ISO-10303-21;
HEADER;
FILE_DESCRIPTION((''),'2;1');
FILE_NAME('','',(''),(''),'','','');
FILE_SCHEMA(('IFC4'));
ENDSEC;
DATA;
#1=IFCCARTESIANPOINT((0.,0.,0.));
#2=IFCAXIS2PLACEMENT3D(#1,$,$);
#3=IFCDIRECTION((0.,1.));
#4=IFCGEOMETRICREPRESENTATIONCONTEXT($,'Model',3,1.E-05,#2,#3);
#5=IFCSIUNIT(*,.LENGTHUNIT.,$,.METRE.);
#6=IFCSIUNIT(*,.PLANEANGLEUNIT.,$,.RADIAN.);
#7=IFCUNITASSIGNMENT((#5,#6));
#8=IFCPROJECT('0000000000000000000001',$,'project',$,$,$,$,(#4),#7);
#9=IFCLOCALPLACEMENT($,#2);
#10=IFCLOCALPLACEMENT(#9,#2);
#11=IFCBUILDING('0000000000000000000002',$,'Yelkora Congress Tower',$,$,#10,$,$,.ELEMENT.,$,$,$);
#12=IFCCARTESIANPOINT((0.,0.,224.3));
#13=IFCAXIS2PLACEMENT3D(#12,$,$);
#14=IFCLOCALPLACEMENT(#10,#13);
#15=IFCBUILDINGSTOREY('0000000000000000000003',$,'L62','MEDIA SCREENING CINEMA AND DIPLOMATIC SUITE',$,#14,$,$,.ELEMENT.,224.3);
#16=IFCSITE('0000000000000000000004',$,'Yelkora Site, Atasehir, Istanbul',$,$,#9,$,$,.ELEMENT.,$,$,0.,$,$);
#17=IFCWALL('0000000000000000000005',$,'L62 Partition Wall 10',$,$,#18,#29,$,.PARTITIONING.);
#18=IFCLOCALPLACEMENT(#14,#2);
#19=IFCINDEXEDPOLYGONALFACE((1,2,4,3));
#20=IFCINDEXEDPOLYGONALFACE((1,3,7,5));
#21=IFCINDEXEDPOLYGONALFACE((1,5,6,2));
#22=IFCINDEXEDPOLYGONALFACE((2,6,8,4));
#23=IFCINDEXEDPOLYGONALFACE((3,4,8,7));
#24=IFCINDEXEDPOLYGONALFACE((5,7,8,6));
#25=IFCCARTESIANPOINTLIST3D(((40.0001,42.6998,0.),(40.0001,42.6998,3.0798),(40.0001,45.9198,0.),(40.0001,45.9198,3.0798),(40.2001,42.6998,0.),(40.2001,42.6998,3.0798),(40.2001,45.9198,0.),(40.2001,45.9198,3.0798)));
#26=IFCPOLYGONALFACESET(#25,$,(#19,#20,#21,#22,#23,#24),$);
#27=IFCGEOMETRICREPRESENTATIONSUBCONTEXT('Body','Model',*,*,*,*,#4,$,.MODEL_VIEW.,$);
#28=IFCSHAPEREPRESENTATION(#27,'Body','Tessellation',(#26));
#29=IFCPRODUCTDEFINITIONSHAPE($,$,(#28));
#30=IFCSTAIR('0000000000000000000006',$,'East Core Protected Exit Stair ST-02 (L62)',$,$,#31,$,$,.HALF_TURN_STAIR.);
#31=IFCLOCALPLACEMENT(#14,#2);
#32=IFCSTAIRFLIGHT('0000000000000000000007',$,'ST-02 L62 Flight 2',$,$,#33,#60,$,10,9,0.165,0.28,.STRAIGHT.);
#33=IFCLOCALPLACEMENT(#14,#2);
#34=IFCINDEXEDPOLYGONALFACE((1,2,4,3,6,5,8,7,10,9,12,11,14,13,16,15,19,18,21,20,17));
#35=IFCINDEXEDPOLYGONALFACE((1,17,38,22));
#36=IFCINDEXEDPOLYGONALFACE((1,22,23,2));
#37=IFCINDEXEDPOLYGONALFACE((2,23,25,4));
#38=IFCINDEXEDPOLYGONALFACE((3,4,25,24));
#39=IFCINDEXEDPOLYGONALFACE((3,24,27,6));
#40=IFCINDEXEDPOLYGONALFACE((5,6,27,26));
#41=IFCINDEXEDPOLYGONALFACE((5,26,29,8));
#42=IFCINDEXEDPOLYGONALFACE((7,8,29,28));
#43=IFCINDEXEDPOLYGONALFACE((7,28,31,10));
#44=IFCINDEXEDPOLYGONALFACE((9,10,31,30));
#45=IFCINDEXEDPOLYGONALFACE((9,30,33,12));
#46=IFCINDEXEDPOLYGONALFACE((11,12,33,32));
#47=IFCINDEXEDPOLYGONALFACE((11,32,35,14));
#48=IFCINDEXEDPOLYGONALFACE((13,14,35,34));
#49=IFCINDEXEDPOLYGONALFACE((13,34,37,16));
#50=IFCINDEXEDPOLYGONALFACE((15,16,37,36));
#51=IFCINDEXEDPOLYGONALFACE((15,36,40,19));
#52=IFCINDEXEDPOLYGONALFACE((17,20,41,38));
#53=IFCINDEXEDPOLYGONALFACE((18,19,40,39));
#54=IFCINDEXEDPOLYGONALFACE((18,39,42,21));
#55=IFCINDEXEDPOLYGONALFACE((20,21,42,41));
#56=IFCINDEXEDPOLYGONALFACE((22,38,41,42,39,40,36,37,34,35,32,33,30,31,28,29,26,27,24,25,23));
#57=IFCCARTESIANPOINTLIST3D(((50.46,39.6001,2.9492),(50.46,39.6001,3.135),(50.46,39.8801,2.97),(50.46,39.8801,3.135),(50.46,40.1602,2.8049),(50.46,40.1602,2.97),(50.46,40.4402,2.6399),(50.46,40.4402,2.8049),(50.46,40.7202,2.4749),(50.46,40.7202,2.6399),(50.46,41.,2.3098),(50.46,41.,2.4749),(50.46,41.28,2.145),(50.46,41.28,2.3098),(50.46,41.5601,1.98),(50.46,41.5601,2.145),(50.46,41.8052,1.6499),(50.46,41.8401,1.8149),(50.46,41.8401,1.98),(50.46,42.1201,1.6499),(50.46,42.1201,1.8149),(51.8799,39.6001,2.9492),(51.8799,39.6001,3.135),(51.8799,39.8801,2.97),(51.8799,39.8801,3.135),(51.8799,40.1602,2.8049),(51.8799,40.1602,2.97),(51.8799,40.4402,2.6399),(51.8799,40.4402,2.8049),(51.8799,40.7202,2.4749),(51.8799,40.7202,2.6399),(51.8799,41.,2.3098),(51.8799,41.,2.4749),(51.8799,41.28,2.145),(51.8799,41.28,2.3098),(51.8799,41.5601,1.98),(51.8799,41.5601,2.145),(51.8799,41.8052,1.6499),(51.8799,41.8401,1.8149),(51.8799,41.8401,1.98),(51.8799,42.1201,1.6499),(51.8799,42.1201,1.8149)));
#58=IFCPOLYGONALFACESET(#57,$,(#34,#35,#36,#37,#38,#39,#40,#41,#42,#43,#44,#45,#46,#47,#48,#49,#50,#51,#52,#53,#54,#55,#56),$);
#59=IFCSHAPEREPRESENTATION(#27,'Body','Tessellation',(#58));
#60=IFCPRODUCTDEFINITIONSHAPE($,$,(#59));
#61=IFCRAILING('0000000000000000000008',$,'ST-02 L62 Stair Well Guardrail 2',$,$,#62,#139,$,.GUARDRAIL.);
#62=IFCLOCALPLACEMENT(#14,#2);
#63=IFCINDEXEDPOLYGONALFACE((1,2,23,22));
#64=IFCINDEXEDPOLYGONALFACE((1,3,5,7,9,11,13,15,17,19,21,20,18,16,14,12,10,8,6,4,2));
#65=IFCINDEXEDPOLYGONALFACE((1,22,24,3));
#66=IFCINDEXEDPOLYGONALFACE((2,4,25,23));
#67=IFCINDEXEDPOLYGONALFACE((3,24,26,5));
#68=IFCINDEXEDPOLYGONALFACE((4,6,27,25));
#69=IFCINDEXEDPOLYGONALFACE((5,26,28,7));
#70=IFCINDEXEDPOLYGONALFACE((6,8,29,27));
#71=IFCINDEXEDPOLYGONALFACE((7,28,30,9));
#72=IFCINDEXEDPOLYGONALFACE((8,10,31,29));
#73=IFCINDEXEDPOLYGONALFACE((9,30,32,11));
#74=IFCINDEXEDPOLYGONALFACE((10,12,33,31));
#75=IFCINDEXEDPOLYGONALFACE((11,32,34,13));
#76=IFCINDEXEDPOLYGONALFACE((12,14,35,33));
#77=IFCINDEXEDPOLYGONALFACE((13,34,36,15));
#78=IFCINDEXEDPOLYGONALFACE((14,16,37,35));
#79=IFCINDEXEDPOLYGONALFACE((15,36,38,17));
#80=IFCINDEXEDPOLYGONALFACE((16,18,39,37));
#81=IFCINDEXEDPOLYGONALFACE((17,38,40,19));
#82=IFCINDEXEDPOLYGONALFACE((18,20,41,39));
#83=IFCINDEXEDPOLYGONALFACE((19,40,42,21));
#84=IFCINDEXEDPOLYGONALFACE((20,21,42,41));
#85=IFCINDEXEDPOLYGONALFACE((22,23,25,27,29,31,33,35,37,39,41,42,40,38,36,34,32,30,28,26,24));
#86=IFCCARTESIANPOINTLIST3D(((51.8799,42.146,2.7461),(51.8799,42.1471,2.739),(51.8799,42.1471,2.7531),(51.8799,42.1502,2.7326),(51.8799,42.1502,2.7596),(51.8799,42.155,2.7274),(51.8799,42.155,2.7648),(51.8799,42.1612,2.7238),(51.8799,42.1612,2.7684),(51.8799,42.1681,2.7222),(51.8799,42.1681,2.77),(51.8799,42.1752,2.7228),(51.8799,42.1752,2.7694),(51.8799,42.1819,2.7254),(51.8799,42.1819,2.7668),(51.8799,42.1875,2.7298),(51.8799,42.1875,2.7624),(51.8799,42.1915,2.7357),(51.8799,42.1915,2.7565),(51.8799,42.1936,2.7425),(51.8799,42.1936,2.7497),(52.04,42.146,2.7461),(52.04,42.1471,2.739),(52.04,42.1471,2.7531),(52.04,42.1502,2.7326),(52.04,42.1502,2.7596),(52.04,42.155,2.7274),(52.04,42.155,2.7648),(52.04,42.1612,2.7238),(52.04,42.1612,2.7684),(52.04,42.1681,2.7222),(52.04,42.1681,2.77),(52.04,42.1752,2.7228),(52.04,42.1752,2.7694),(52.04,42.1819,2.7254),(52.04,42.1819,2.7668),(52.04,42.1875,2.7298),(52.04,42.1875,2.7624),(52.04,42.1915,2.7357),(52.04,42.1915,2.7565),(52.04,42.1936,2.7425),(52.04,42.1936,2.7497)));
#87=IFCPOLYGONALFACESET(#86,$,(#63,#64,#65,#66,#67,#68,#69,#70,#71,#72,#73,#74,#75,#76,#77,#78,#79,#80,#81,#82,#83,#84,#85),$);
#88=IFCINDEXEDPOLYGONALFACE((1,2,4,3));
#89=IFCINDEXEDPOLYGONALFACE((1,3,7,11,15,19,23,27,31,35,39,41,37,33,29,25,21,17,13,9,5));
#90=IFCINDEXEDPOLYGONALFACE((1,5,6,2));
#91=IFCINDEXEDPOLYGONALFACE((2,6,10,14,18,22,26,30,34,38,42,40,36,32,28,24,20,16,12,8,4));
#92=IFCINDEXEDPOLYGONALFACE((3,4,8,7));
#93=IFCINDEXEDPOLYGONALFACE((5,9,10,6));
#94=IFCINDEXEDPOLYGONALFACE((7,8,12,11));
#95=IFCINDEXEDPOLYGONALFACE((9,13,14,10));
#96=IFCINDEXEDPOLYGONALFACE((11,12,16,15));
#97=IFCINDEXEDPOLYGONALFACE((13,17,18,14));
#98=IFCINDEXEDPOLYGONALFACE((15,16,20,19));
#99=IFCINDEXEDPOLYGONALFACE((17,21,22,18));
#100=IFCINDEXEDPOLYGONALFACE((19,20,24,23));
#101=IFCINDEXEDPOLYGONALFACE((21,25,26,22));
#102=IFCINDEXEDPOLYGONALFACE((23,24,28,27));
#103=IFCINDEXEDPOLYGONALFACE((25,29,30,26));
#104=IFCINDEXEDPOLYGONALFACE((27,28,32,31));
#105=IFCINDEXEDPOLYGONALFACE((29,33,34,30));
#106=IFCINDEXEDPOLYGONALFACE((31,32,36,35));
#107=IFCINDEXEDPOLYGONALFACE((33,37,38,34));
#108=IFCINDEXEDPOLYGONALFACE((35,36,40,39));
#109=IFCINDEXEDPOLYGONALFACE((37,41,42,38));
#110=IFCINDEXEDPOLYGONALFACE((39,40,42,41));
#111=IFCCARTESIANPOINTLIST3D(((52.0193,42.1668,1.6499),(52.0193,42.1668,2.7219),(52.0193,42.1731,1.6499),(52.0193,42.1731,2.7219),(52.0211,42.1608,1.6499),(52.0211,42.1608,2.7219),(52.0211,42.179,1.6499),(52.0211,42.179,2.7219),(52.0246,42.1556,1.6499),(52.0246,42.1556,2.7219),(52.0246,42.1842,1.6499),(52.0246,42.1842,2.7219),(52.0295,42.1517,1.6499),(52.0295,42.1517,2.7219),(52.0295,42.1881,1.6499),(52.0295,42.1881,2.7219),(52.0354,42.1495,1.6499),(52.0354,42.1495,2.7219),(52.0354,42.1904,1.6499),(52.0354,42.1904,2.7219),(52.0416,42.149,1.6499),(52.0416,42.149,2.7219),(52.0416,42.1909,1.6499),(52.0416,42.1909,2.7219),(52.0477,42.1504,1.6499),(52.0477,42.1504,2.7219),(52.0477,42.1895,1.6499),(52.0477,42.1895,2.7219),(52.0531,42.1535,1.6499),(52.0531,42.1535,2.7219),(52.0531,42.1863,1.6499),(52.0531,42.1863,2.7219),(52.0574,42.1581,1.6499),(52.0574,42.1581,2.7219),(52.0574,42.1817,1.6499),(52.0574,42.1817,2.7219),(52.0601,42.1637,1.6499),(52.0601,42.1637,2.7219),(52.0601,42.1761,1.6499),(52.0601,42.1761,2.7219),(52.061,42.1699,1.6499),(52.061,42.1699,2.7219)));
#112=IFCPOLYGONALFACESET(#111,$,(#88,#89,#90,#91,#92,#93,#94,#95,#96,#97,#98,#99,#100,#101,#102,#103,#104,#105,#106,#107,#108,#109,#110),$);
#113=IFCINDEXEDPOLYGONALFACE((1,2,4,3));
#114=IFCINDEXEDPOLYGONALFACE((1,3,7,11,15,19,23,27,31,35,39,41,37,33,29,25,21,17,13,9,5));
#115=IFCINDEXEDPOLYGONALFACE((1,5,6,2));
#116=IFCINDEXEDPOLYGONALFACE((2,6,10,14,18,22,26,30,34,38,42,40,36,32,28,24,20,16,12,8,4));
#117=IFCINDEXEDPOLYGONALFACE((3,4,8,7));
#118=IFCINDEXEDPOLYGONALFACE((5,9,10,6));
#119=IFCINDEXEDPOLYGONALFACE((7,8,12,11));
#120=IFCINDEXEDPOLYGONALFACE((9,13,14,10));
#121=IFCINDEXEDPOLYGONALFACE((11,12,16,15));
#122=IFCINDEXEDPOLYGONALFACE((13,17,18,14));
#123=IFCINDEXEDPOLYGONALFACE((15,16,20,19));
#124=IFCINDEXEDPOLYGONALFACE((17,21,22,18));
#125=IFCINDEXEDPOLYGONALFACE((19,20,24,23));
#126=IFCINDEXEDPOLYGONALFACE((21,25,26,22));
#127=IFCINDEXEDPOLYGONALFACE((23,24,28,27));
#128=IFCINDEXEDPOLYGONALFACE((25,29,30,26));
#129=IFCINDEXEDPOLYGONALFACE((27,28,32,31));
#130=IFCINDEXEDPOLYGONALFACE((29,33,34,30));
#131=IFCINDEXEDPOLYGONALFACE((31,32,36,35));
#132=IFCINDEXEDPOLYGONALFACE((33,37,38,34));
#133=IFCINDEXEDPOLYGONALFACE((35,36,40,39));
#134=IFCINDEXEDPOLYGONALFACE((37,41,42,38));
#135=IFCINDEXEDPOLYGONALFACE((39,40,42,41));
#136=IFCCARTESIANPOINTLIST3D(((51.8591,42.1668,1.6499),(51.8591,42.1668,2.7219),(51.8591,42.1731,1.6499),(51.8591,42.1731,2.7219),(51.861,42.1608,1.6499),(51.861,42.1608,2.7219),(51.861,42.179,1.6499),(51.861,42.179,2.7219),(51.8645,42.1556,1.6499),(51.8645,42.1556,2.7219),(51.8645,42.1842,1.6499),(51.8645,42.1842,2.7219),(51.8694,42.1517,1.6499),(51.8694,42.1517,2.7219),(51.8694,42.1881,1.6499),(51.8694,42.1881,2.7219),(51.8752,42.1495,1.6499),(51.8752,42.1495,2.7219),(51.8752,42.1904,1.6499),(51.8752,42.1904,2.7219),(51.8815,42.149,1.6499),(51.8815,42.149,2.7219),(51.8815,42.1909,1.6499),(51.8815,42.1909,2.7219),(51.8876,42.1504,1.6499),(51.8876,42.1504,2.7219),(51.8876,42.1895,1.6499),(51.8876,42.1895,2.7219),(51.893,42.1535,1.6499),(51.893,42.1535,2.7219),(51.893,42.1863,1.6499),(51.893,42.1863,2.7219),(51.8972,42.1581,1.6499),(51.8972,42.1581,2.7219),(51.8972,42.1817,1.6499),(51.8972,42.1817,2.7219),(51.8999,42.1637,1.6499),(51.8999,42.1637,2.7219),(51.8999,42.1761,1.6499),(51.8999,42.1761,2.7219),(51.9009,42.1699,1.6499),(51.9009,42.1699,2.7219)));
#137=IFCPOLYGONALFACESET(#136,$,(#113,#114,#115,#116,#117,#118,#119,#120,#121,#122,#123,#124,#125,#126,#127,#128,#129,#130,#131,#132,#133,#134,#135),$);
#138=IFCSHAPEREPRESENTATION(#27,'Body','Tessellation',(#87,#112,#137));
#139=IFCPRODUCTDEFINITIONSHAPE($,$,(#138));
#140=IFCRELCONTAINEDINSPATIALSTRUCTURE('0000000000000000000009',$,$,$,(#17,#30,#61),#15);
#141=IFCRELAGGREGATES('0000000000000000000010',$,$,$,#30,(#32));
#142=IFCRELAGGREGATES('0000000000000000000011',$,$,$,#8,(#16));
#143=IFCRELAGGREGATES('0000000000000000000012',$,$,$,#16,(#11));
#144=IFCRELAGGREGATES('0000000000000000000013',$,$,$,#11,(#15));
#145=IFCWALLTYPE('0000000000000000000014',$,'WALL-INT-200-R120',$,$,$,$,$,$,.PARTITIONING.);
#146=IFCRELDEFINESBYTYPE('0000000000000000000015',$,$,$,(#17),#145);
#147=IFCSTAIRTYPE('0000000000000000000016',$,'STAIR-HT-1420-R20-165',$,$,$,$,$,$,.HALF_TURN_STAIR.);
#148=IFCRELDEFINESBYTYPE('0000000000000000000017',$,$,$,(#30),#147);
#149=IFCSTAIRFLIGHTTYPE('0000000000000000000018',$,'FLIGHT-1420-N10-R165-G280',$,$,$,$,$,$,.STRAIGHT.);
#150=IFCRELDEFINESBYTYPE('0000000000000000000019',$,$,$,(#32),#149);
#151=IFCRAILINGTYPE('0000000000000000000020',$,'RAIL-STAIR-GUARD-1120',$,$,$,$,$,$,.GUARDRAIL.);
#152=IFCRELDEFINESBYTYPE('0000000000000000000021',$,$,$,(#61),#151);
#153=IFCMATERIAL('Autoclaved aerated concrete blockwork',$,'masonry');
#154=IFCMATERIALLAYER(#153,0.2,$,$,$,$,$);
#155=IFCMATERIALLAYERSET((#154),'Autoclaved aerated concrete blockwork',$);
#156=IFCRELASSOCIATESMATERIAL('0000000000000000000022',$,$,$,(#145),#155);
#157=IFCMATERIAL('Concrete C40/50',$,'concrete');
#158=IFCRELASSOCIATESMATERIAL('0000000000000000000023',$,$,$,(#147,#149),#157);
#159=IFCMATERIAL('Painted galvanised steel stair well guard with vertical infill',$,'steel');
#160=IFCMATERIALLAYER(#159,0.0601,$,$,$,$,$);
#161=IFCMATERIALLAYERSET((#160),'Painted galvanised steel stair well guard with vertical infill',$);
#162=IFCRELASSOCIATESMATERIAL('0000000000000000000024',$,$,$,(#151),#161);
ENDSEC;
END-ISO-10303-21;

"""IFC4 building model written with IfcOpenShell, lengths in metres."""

from ifc_helpers import new_model, si_unit, direction, frame, frame_2d, origin, origin_2d, place, context, subcontext, project, spatial, polyline, rectangle, circle, outline, extrude, material, layer, layer_set, type_object, element, aggregate, save


model = new_model("IFC4")

# Units and contexts
model_context = context("Model", 3, precision=1e-05, world=origin(), true_north=direction((0.0, 1.0)))
body_context = subcontext(model_context, "Body", "Model", "MODEL_VIEW")
ifc_project = project(units=[si_unit("LENGTHUNIT", "METRE"), si_unit("PLANEANGLEUNIT", "RADIAN")], contexts=[model_context])

# Site, building, storey
site_placement = place(None, origin())
site = spatial("IfcSite", under=ifc_project, at=site_placement, Name="Yelkora Site, Atasehir, Istanbul", CompositionType="ELEMENT", RefElevation=0.0)
building_placement = place(site_placement, origin())
building = spatial("IfcBuilding", under=site, at=building_placement, Name="Yelkora Congress Tower", CompositionType="ELEMENT")
storey_placement = place(building_placement, frame((0.0, 0.0, 224.3)))
storey = spatial("IfcBuildingStorey", under=building, at=storey_placement, Name="L62", Description="MEDIA SCREENING CINEMA AND DIPLOMATIC SUITE", CompositionType="ELEMENT", Elevation=224.3)

# Wall
ifc_material_1 = material(Name="Autoclaved aerated concrete blockwork", Category="masonry")
ifc_layer_1 = layer(ifc_material_1, 0.2)
ifc_layer_set_1 = layer_set([ifc_layer_1], Name="Autoclaved aerated concrete blockwork")
wall_type_1 = type_object("IfcWallType", Name="WALL-INT-200-R120", PredefinedType="PARTITIONING", material=ifc_layer_set_1)
wall_1_placement = place(storey_placement, frame((40.1001, 42.7, 0.0), z_axis=(0.0, 0.0, 1.0), x_axis=(0.0, 1.0, 0.0)))
element("IfcWall", 1, at=wall_1_placement, inside=storey, type_object=wall_type_1, Name="L62 Partition Wall 10", PredefinedType="PARTITIONING", context=body_context, shape_type="SweptSolid", body=[
    extrude(rectangle(XDim=3.22, YDim=0.2, at=frame_2d((1.6099, 0.0))), origin(), (0.0, 0.0, 1.0), 3.0798),
])

# Stair, stair flight
ifc_material_2 = material(Name="Concrete C40/50", Category="concrete")
stair_type = type_object("IfcStairType", Name="STAIR-HT-1420-R20-165", PredefinedType="HALF_TURN_STAIR", material=ifc_material_2)
stair_placement = place(storey_placement, origin())
stair = element("IfcStair", 2, at=stair_placement, inside=storey, type_object=stair_type, Name="East Core Protected Exit Stair ST-02 (L62)", PredefinedType="HALF_TURN_STAIR")
stair_flight_type = type_object("IfcStairFlightType", Name="FLIGHT-1420-N10-R165-G280", PredefinedType="STRAIGHT", material=ifc_material_2)
stair_flight_placement = place(storey_placement, frame((51.1699, 42.1201, 1.6499), z_axis=(0.0, 0.0, 1.0), x_axis=(0.0, -1.0, 0.0)))
stair_flight = element("IfcStairFlight", 3, at=stair_flight_placement, type_object=stair_flight_type, Name="ST-02 L62 Flight 2", NumberOfRisers=10, NumberOfTreads=9, PredefinedType="STRAIGHT", RiserHeight=0.165, TreadLength=0.28, context=body_context, shape_type="SweptSolid", body=[
    extrude(outline(polyline([(0.0, 0.0), (0.0, 0.165), (0.28, 0.165), (0.28, 0.3301), (0.5601, 0.3301), (0.5601, 0.4951), (0.8401, 0.4951), (0.8401, 0.6599), (1.1201, 0.6599), (1.1201, 0.825), (1.3999, 0.825), (1.3999, 0.99), (1.6799, 0.99), (1.6799, 1.155), (1.96, 1.155), (1.96, 1.3201), (2.24, 1.3201), (2.24, 1.4851), (2.52, 1.4851), (2.52, 1.6499), (2.52, 1.2993), (0.3149, 0.0), (0.0, 0.0)])), frame((0.0, 0.71, 0.0), z_axis=(0.0, -1.0, 0.0), x_axis=(1.0, 0.0, 0.0)), (0.0, 0.0, 1.0), 1.4199),
])
aggregate(stair, [stair_flight])

# Railing
ifc_material_3 = material(Name="Painted galvanised steel stair well guard with vertical infill", Category="steel")
ifc_layer_2 = layer(ifc_material_3, 0.0601)
ifc_layer_set_2 = layer_set([ifc_layer_2], Name="Painted galvanised steel stair well guard with vertical infill")
railing_type = type_object("IfcRailingType", Name="RAIL-STAIR-GUARD-1120", PredefinedType="GUARDRAIL", material=ifc_layer_set_2)
railing_1_placement = place(storey_placement, frame((52.04, 42.1699, 1.6499)))
element("IfcRailing", 4, at=railing_1_placement, inside=storey, type_object=railing_type, Name="ST-02 L62 Stair Well Guardrail 2", PredefinedType="GUARDRAIL", context=body_context, shape_type="SweptSolid", body=[
    extrude(circle(Radius=0.0239, at=origin_2d()), frame((0.0, 0.0, 1.0962), z_axis=(-1.0, 0.0, 0.0), x_axis=(0.0, -1.0, 0.0)), (0.0, 0.0, 1.0), 0.1602),
    extrude(circle(Radius=0.021, at=origin_2d()), origin(), (0.0, 0.0, 1.0), 1.072),
    extrude(circle(Radius=0.021, at=origin_2d()), frame((-0.1602, 0.0, 0.0)), (0.0, 0.0, 1.0), 1.072),
])

save(model, "model.ifc")
